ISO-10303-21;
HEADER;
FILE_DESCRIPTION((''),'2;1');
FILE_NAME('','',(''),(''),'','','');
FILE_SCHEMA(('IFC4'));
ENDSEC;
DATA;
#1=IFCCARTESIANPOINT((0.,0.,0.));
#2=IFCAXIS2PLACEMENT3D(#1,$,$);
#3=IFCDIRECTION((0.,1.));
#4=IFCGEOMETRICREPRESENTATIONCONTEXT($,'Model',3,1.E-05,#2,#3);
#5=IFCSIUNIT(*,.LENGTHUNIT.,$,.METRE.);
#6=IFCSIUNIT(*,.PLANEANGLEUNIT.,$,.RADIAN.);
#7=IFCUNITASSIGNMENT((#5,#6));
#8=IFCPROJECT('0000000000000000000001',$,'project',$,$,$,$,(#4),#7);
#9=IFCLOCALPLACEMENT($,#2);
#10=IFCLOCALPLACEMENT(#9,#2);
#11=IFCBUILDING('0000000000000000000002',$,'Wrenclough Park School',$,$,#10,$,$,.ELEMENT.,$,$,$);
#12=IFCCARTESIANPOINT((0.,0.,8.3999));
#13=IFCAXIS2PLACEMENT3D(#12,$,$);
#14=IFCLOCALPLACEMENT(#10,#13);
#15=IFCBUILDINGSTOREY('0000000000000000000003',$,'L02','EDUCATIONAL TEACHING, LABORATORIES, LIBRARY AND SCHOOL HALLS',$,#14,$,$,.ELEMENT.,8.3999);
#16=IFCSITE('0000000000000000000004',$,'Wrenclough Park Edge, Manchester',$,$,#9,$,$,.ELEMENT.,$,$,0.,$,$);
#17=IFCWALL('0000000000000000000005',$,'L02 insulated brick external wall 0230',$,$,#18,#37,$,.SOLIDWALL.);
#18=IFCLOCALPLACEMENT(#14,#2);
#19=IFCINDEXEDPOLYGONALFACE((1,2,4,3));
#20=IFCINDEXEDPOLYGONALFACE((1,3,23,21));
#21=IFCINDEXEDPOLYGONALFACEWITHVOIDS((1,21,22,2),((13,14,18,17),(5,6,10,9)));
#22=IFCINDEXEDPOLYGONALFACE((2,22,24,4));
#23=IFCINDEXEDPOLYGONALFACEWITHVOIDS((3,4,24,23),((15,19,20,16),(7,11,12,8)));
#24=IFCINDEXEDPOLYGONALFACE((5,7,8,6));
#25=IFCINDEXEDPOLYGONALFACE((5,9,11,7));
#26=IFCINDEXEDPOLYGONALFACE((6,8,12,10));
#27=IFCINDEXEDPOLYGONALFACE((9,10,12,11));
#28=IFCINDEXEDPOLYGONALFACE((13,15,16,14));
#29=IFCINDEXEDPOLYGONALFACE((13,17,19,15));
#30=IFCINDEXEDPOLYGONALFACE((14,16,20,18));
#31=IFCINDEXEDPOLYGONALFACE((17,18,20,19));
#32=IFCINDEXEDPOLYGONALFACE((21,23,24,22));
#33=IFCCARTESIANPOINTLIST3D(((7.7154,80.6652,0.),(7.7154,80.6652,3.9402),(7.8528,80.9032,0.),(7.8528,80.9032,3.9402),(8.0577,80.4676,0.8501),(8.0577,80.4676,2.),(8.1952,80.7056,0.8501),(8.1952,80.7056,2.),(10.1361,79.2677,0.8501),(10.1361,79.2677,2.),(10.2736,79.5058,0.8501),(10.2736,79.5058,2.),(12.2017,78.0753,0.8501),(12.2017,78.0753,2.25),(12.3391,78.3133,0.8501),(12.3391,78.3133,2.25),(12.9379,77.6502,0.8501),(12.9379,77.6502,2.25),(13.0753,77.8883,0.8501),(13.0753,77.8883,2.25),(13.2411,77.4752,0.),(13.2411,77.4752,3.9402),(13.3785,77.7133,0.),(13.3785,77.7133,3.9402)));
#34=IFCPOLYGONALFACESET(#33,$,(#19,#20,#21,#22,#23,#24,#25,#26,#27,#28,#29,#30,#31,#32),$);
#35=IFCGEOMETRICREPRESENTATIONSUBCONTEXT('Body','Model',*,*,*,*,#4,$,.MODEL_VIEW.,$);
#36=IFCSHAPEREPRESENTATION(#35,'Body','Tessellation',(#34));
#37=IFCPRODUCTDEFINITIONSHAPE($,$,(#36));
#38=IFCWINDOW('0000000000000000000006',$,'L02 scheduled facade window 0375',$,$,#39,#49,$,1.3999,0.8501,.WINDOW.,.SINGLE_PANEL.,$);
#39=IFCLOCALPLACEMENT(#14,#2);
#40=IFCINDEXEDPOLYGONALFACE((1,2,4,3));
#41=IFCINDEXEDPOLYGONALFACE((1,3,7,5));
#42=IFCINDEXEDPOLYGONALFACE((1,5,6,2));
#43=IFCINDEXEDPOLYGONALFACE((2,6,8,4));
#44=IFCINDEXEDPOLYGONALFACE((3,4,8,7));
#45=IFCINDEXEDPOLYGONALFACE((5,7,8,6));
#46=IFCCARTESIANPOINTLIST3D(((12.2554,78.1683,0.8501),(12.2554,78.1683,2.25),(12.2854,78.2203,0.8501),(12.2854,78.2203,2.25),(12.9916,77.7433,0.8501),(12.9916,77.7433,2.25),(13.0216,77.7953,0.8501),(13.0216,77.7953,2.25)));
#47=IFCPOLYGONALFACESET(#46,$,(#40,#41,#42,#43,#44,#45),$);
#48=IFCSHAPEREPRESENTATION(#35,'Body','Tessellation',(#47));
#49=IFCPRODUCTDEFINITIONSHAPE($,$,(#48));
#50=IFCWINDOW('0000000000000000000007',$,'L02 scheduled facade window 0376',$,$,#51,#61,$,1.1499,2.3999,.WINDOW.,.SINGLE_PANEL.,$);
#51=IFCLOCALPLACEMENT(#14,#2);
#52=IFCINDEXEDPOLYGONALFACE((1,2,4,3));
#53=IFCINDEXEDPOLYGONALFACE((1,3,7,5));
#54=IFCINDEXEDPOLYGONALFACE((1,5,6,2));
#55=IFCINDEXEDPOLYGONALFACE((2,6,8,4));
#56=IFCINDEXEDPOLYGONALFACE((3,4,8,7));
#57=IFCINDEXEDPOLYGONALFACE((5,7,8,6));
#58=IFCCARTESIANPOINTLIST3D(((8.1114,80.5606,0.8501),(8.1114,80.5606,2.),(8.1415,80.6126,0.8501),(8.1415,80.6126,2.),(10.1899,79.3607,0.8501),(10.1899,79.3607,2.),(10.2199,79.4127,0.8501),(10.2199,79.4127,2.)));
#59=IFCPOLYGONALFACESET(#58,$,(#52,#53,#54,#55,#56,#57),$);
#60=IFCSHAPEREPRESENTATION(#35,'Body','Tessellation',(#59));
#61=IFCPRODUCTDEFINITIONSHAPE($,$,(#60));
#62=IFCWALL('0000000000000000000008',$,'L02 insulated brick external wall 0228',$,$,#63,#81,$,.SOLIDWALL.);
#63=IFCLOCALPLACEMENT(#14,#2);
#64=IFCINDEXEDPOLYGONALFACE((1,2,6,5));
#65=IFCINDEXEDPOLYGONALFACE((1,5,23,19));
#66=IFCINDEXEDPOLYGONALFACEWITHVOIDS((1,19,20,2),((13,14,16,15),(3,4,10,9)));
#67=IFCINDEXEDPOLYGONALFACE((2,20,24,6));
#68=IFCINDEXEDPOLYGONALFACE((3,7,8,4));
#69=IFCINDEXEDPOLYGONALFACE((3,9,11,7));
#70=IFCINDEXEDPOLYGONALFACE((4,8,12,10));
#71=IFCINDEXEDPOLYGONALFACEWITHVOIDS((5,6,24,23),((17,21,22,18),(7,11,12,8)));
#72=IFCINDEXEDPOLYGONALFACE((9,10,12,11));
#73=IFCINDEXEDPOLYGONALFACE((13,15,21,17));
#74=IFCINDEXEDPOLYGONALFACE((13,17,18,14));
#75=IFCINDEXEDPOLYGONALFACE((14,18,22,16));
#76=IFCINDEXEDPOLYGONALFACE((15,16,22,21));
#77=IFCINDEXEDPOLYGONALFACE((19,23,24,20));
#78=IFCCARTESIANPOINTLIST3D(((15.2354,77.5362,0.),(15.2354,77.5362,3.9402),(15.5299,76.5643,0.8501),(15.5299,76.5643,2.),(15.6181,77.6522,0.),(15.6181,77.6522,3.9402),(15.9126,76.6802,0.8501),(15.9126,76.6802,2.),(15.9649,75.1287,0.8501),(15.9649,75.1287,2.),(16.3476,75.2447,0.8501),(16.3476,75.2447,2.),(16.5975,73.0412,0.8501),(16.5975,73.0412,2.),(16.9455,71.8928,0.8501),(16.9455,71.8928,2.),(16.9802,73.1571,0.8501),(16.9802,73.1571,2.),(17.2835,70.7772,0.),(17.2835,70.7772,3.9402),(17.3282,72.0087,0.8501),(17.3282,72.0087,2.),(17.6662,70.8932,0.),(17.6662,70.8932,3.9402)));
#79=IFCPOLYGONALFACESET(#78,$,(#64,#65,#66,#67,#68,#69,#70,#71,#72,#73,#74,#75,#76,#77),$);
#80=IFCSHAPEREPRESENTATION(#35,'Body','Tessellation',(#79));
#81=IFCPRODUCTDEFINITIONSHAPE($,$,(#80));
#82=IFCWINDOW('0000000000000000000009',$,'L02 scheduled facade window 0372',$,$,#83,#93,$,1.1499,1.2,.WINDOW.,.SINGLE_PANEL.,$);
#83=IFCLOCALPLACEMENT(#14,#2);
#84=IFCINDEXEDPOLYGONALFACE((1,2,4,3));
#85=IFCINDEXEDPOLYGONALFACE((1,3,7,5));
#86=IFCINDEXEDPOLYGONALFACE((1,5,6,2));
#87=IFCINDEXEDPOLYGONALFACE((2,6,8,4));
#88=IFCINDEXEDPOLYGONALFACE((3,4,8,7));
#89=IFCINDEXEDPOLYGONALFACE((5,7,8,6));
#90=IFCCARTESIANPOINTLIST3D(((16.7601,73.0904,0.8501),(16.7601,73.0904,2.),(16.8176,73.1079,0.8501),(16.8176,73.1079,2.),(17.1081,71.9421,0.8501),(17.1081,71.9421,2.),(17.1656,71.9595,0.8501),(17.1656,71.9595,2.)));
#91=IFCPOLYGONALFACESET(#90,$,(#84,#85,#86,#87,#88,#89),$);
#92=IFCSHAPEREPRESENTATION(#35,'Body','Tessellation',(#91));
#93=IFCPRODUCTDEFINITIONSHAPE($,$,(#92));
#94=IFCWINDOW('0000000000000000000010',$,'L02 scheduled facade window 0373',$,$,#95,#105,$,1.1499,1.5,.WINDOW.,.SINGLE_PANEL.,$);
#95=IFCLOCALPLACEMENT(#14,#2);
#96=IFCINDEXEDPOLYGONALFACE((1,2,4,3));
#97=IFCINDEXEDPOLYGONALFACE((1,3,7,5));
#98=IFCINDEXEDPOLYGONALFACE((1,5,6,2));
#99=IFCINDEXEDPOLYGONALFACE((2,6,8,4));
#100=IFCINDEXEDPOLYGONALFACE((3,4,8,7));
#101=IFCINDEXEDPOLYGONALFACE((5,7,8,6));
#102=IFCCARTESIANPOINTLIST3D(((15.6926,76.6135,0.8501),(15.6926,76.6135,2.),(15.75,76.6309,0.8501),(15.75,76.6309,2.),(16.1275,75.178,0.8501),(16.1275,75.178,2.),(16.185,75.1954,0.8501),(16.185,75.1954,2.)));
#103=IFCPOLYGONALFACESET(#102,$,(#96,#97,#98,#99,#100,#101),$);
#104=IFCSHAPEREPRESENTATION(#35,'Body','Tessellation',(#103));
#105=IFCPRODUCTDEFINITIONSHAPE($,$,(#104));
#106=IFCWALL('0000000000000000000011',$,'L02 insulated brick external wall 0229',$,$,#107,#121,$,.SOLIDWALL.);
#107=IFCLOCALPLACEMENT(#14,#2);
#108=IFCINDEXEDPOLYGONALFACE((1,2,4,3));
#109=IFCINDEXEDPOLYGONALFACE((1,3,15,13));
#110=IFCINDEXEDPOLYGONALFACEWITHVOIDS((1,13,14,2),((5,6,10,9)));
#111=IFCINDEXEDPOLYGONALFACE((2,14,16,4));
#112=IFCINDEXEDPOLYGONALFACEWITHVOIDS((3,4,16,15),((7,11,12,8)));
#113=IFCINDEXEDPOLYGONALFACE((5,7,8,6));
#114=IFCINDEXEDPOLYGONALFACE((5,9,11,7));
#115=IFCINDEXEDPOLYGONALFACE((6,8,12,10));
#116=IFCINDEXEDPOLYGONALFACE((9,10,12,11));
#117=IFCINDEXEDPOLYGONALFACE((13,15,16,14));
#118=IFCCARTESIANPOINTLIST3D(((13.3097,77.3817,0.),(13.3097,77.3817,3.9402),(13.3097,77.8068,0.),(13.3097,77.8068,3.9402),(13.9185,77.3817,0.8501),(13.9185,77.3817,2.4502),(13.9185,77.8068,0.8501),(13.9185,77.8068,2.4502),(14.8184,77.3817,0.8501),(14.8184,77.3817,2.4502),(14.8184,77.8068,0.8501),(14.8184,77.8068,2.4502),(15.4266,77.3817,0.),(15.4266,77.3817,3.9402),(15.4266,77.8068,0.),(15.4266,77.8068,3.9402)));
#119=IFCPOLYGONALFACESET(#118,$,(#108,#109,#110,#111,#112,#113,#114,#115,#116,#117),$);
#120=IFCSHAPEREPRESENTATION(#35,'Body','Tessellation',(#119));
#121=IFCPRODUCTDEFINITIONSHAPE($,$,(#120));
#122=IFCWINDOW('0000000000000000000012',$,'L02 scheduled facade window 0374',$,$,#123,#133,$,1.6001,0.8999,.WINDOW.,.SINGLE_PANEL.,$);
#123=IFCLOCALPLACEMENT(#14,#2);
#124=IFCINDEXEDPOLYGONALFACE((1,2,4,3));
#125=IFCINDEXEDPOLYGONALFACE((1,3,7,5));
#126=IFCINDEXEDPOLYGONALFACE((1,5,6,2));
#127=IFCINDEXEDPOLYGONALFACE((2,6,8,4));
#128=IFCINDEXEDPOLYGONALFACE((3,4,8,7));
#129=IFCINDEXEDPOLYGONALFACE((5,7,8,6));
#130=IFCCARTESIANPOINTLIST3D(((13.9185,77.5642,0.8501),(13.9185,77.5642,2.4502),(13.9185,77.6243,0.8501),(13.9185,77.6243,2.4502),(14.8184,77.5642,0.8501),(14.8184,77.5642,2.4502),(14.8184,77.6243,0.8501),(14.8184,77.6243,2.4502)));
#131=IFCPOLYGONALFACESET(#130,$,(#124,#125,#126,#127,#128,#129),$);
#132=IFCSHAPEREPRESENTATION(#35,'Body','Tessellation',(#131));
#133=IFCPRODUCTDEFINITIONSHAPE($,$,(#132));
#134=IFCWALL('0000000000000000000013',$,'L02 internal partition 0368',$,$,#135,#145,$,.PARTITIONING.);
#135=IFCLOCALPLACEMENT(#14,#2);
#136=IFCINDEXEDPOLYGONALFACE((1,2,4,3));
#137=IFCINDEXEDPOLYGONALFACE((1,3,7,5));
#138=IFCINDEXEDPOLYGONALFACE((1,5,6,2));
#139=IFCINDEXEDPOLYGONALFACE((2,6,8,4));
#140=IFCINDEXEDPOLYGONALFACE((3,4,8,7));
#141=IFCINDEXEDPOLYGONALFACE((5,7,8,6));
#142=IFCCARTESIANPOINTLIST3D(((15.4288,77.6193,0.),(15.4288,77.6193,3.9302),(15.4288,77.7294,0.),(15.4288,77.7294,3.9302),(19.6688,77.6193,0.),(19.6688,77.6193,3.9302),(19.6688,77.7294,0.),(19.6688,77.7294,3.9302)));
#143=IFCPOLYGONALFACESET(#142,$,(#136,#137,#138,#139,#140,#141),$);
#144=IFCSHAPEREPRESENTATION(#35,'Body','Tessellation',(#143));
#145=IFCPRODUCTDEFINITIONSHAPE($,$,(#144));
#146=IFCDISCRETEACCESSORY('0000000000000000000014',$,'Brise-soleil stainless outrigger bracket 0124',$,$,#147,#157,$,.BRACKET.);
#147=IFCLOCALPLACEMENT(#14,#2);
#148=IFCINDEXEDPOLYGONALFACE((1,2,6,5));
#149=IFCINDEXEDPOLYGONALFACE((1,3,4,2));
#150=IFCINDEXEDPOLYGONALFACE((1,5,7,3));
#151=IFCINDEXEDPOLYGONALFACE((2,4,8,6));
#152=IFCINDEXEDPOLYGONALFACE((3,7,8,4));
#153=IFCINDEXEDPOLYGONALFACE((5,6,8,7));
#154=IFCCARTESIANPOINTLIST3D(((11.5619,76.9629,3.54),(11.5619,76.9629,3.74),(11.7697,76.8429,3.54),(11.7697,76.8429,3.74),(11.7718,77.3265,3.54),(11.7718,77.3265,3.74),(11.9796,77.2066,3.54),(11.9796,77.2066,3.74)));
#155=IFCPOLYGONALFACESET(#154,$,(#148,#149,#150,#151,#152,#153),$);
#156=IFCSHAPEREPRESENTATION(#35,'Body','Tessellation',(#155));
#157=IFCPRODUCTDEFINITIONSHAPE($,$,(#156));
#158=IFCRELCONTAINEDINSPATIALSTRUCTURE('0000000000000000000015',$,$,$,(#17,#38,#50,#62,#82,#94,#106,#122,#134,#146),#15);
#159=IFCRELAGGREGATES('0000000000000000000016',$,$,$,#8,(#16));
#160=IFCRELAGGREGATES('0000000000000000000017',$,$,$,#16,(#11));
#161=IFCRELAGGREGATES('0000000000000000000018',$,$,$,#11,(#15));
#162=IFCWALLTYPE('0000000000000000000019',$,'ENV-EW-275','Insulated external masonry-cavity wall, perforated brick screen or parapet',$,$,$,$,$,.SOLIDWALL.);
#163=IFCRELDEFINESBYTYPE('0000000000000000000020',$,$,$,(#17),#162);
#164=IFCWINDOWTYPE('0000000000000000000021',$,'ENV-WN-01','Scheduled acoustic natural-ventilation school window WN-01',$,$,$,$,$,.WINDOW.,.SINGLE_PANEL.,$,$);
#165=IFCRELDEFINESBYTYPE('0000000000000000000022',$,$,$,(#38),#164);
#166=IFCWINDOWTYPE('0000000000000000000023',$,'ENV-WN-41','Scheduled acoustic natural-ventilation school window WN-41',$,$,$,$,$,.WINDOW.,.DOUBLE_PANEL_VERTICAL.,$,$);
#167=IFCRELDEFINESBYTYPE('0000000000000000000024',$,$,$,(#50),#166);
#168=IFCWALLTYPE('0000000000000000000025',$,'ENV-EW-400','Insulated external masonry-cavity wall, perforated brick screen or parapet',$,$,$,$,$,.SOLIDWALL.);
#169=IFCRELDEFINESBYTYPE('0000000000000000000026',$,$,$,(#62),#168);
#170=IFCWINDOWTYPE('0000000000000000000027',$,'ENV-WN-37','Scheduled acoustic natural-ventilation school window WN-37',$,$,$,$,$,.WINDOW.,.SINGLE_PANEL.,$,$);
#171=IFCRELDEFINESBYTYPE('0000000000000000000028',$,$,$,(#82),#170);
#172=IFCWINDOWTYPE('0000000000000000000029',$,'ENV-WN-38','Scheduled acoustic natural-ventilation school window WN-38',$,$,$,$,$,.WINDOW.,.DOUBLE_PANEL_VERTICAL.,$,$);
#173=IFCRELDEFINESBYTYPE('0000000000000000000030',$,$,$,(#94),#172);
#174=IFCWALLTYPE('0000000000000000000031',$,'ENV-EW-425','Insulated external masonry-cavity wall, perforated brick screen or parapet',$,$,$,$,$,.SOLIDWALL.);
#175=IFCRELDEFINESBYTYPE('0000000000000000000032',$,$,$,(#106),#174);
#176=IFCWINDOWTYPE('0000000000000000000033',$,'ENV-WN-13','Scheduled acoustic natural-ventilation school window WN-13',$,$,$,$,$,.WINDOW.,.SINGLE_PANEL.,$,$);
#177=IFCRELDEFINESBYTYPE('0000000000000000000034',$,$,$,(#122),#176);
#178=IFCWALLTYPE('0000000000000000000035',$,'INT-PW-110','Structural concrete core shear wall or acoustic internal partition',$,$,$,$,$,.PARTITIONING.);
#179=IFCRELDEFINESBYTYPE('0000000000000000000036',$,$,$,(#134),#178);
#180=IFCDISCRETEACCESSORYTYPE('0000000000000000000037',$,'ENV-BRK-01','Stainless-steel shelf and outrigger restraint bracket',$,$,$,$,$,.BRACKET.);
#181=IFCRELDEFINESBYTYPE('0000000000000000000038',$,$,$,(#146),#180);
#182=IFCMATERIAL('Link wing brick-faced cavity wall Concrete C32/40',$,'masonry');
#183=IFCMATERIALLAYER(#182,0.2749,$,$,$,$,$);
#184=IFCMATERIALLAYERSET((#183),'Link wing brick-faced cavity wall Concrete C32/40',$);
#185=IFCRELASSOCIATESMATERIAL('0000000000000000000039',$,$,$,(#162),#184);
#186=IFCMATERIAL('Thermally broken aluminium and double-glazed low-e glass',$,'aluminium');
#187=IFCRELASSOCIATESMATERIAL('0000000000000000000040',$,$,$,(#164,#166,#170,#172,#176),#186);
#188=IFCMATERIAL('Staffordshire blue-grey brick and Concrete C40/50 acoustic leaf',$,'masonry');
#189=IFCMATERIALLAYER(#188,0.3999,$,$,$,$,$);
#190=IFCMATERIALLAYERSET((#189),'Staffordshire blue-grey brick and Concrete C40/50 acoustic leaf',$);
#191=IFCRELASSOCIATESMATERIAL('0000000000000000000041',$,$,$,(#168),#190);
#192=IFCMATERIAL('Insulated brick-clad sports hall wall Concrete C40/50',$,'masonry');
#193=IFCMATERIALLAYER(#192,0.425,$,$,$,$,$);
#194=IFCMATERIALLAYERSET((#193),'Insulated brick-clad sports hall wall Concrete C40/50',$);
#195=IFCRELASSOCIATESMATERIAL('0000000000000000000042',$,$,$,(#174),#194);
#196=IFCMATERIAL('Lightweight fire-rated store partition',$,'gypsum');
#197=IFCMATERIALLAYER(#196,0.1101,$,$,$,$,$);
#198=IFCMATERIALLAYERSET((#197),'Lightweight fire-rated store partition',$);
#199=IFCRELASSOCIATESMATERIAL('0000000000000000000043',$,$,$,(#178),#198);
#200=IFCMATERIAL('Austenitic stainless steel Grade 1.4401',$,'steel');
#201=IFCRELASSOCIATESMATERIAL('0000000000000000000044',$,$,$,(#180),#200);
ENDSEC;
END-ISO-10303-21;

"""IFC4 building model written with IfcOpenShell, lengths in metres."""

from ifc_helpers import new_model, si_unit, direction, frame, frame_2d, origin, origin_2d, place, context, subcontext, project, spatial, rectangle, extrude, material, layer, layer_set, type_object, element, fill, save


model = new_model("IFC4")

# Units and contexts
model_context = context("Model", 3, precision=1e-05, world=origin(), true_north=direction((0.0, 1.0)))
body_context = subcontext(model_context, "Body", "Model", "MODEL_VIEW")
ifc_project = project(units=[si_unit("LENGTHUNIT", "METRE"), si_unit("PLANEANGLEUNIT", "RADIAN")], contexts=[model_context])

# Site, building, storey
site_placement = place(None, origin())
site = spatial("IfcSite", under=ifc_project, at=site_placement, Name="Wrenclough Park Edge, Manchester", CompositionType="ELEMENT", RefElevation=0.0)
building_placement = place(site_placement, origin())
building = spatial("IfcBuilding", under=site, at=building_placement, Name="Wrenclough Park School", CompositionType="ELEMENT")
storey_placement = place(building_placement, frame((0.0, 0.0, 8.3999)))
storey = spatial("IfcBuildingStorey", under=building, at=storey_placement, Name="L02", Description="EDUCATIONAL TEACHING, LABORATORIES, LIBRARY AND SCHOOL HALLS", CompositionType="ELEMENT", Elevation=8.3999)

# Walls, openings, windows
ifc_material_1 = material(Name="Link wing brick-faced cavity wall Concrete C32/40", Category="masonry")
ifc_layer_1 = layer(ifc_material_1, 0.2749)
ifc_layer_set_1 = layer_set([ifc_layer_1], Name="Link wing brick-faced cavity wall Concrete C32/40")
wall_type_1 = type_object("IfcWallType", Name="ENV-EW-275", Description="Insulated external masonry-cavity wall, perforated brick screen or parapet", PredefinedType="SOLIDWALL", material=ifc_layer_set_1)
wall_1_placement = place(storey_placement, frame((13.3098, 77.5942, 0.0), z_axis=(0.0, 0.0, 1.0), x_axis=(-0.866045, 0.499966, 0.0)))
wall_1 = element("IfcWall", 1, at=wall_1_placement, inside=storey, type_object=wall_type_1, Name="L02 insulated brick external wall 0230", PredefinedType="SOLIDWALL", context=body_context, shape_type="SweptSolid", body=[
    extrude(rectangle(XDim=6.3804, YDim=0.2749, at=frame_2d((3.1902, 0.0))), origin(), (0.0, 0.0, 1.0), 3.9402),
])
opening_1_placement = place(wall_1_placement, frame((0.3501, 0.0, 0.8501)))
opening_1 = element("IfcOpeningElement", 2, at=opening_1_placement, cuts=wall_1, PredefinedType="OPENING", context=body_context, shape_type="SweptSolid", body=[
    extrude(rectangle(XDim=0.8501, YDim=1.3999, at=frame_2d((0.425, 0.7))), frame((0.0, 0.1475, 0.0), z_axis=(0.0, -1.0, 0.0), x_axis=(1.0, 0.0, 0.0)), (0.0, 0.0, 1.0), 0.2949),
])
opening_2_placement = place(wall_1_placement, frame((3.5852, 0.0, 0.8501)))
opening_2 = element("IfcOpeningElement", 3, at=opening_2_placement, cuts=wall_1, PredefinedType="OPENING", context=body_context, shape_type="SweptSolid", body=[
    extrude(rectangle(XDim=2.3999, YDim=1.1499, at=frame_2d((1.2, 0.575))), frame((0.0, 0.1475, 0.0), z_axis=(0.0, -1.0, 0.0), x_axis=(1.0, 0.0, 0.0)), (0.0, 0.0, 1.0), 0.2949),
])
ifc_material_2 = material(Name="Thermally broken aluminium and double-glazed low-e glass", Category="aluminium")
window_type_1 = type_object("IfcWindowType", Name="ENV-WN-01", Description="Scheduled acoustic natural-ventilation school window WN-01", PartitioningType="SINGLE_PANEL", PredefinedType="WINDOW", material=ifc_material_2)
window_1_placement = place(opening_1_placement, origin())
window_1 = element("IfcWindow", 4, at=window_1_placement, inside=storey, type_object=window_type_1, Name="L02 scheduled facade window 0375", OverallHeight=1.3999, OverallWidth=0.8501, PartitioningType="SINGLE_PANEL", PredefinedType="WINDOW", context=body_context, shape_type="SweptSolid", body=[
    extrude(rectangle(XDim=0.8501, YDim=1.3999, at=frame_2d((0.425, 0.7))), frame((0.0, 0.03, 0.0), z_axis=(0.0, -1.0, 0.0), x_axis=(1.0, 0.0, 0.0)), (0.0, 0.0, 1.0), 0.0601),
])
fill(opening_1, window_1)
window_type_2 = type_object("IfcWindowType", Name="ENV-WN-41", Description="Scheduled acoustic natural-ventilation school window WN-41", PartitioningType="DOUBLE_PANEL_VERTICAL", PredefinedType="WINDOW", material=ifc_material_2)
window_2_placement = place(opening_2_placement, origin())
window_2 = element("IfcWindow", 5, at=window_2_placement, inside=storey, type_object=window_type_2, Name="L02 scheduled facade window 0376", OverallHeight=1.1499, OverallWidth=2.3999, PartitioningType="SINGLE_PANEL", PredefinedType="WINDOW", context=body_context, shape_type="SweptSolid", body=[
    extrude(rectangle(XDim=2.3999, YDim=1.1499, at=frame_2d((1.2, 0.575))), frame((0.0, 0.03, 0.0), z_axis=(0.0, -1.0, 0.0), x_axis=(1.0, 0.0, 0.0)), (0.0, 0.0, 1.0), 0.0601),
])
fill(opening_2, window_2)
ifc_material_3 = material(Name="Staffordshire blue-grey brick and Concrete C40/50 acoustic leaf", Category="masonry")
ifc_layer_2 = layer(ifc_material_3, 0.3999)
ifc_layer_set_2 = layer_set([ifc_layer_2], Name="Staffordshire blue-grey brick and Concrete C40/50 acoustic leaf")
wall_type_2 = type_object("IfcWallType", Name="ENV-EW-400", Description="Insulated external masonry-cavity wall, perforated brick screen or parapet", PredefinedType="SOLIDWALL", material=ifc_layer_set_2)
wall_2_placement = place(storey_placement, frame((17.4749, 70.8352, 0.0), z_axis=(0.0, 0.0, 1.0), x_axis=(-0.289995, 0.957028, 0.0)))
wall_2 = element("IfcWall", 6, at=wall_2_placement, inside=storey, type_object=wall_type_2, Name="L02 insulated brick external wall 0228", PredefinedType="SOLIDWALL", context=body_context, shape_type="SweptSolid", body=[
    extrude(rectangle(XDim=7.0625, YDim=0.3999, at=frame_2d((3.5312, 0.0))), origin(), (0.0, 0.0, 1.0), 3.9402),
])
opening_3_placement = place(wall_2_placement, frame((1.1655, 0.0, 0.8501)))
opening_3 = element("IfcOpeningElement", 7, at=opening_3_placement, cuts=wall_2, PredefinedType="OPENING", context=body_context, shape_type="SweptSolid", body=[
    extrude(rectangle(XDim=1.2, YDim=1.1499, at=frame_2d((0.6001, 0.575))), frame((0.0, 0.21, 0.0), z_axis=(0.0, -1.0, 0.0), x_axis=(1.0, 0.0, 0.0)), (0.0, 0.0, 1.0), 0.4199),
])
opening_4_placement = place(wall_2_placement, frame((4.5469, 0.0, 0.8501)))
opening_4 = element("IfcOpeningElement", 8, at=opening_4_placement, cuts=wall_2, PredefinedType="OPENING", context=body_context, shape_type="SweptSolid", body=[
    extrude(rectangle(XDim=1.5, YDim=1.1499, at=frame_2d((0.75, 0.575))), frame((0.0, 0.21, 0.0), z_axis=(0.0, -1.0, 0.0), x_axis=(1.0, 0.0, 0.0)), (0.0, 0.0, 1.0), 0.4199),
])
window_type_3 = type_object("IfcWindowType", Name="ENV-WN-37", Description="Scheduled acoustic natural-ventilation school window WN-37", PartitioningType="SINGLE_PANEL", PredefinedType="WINDOW", material=ifc_material_2)
window_3_placement = place(opening_3_placement, origin())
window_3 = element("IfcWindow", 9, at=window_3_placement, inside=storey, type_object=window_type_3, Name="L02 scheduled facade window 0372", OverallHeight=1.1499, OverallWidth=1.2, PartitioningType="SINGLE_PANEL", PredefinedType="WINDOW", context=body_context, shape_type="SweptSolid", body=[
    extrude(rectangle(XDim=1.2, YDim=1.1499, at=frame_2d((0.6001, 0.575))), frame((0.0, 0.03, 0.0), z_axis=(0.0, -1.0, 0.0), x_axis=(1.0, 0.0, 0.0)), (0.0, 0.0, 1.0), 0.0601),
])
fill(opening_3, window_3)
window_type_4 = type_object("IfcWindowType", Name="ENV-WN-38", Description="Scheduled acoustic natural-ventilation school window WN-38", PartitioningType="DOUBLE_PANEL_VERTICAL", PredefinedType="WINDOW", material=ifc_material_2)
window_4_placement = place(opening_4_placement, origin())
window_4 = element("IfcWindow", 10, at=window_4_placement, inside=storey, type_object=window_type_4, Name="L02 scheduled facade window 0373", OverallHeight=1.1499, OverallWidth=1.5, PartitioningType="SINGLE_PANEL", PredefinedType="WINDOW", context=body_context, shape_type="SweptSolid", body=[
    extrude(rectangle(XDim=1.5, YDim=1.1499, at=frame_2d((0.75, 0.575))), frame((0.0, 0.03, 0.0), z_axis=(0.0, -1.0, 0.0), x_axis=(1.0, 0.0, 0.0)), (0.0, 0.0, 1.0), 0.0601),
])
fill(opening_4, window_4)

# Wall, opening, window
ifc_material_4 = material(Name="Insulated brick-clad sports hall wall Concrete C40/50", Category="masonry")
ifc_layer_3 = layer(ifc_material_4, 0.425)
ifc_layer_set_3 = layer_set([ifc_layer_3], Name="Insulated brick-clad sports hall wall Concrete C40/50")
wall_type_3 = type_object("IfcWallType", Name="ENV-EW-425", Description="Insulated external masonry-cavity wall, perforated brick screen or parapet", PredefinedType="SOLIDWALL", material=ifc_layer_set_3)
wall_3_placement = place(storey_placement, frame((15.4268, 77.5942, 0.0), z_axis=(0.0, 0.0, 1.0), x_axis=(-1.0, 0.0, 0.0)))
wall_3 = element("IfcWall", 11, at=wall_3_placement, inside=storey, type_object=wall_type_3, Name="L02 insulated brick external wall 0229", PredefinedType="SOLIDWALL", context=body_context, shape_type="SweptSolid", body=[
    extrude(rectangle(XDim=2.1169, YDim=0.425, at=frame_2d((1.0586, 0.0))), origin(), (0.0, 0.0, 1.0), 3.9402),
])
opening_5_placement = place(wall_3_placement, frame((0.6084, 0.0, 0.8501)))
opening_5 = element("IfcOpeningElement", 12, at=opening_5_placement, cuts=wall_3, PredefinedType="OPENING", context=body_context, shape_type="SweptSolid", body=[
    extrude(rectangle(XDim=0.8999, YDim=1.6001, at=frame_2d((0.45, 0.8))), frame((0.0, 0.2224, 0.0), z_axis=(0.0, -1.0, 0.0), x_axis=(1.0, 0.0, 0.0)), (0.0, 0.0, 1.0), 0.4451),
])
window_type_5 = type_object("IfcWindowType", Name="ENV-WN-13", Description="Scheduled acoustic natural-ventilation school window WN-13", PartitioningType="SINGLE_PANEL", PredefinedType="WINDOW", material=ifc_material_2)
window_5_placement = place(opening_5_placement, origin())
window_5 = element("IfcWindow", 13, at=window_5_placement, inside=storey, type_object=window_type_5, Name="L02 scheduled facade window 0374", OverallHeight=1.6001, OverallWidth=0.8999, PartitioningType="SINGLE_PANEL", PredefinedType="WINDOW", context=body_context, shape_type="SweptSolid", body=[
    extrude(rectangle(XDim=0.8999, YDim=1.6001, at=frame_2d((0.45, 0.8))), frame((0.0, 0.03, 0.0), z_axis=(0.0, -1.0, 0.0), x_axis=(1.0, 0.0, 0.0)), (0.0, 0.0, 1.0), 0.0601),
])
fill(opening_5, window_5)

# Wall
ifc_material_5 = material(Name="Lightweight fire-rated store partition", Category="gypsum")
ifc_layer_4 = layer(ifc_material_5, 0.1101)
ifc_layer_set_4 = layer_set([ifc_layer_4], Name="Lightweight fire-rated store partition")
wall_type_4 = type_object("IfcWallType", Name="INT-PW-110", Description="Structural concrete core shear wall or acoustic internal partition", PredefinedType="PARTITIONING", material=ifc_layer_set_4)
wall_4_placement = place(storey_placement, frame((15.4287, 77.6743, 0.0), z_axis=(0.0, 0.0, 1.0), x_axis=(1.0, 0.0, 0.0)))
element("IfcWall", 14, at=wall_4_placement, inside=storey, type_object=wall_type_4, Name="L02 internal partition 0368", PredefinedType="PARTITIONING", context=body_context, shape_type="SweptSolid", body=[
    extrude(rectangle(XDim=4.24, YDim=0.1101, at=frame_2d((2.1201, 0.0))), origin(), (0.0, 0.0, 1.0), 3.9302),
])

# Discrete accessory
ifc_material_6 = material(Name="Austenitic stainless steel Grade 1.4401", Category="steel")
discrete_accessory_type = type_object("IfcDiscreteAccessoryType", Name="ENV-BRK-01", Description="Stainless-steel shelf and outrigger restraint bracket", PredefinedType="BRACKET", material=ifc_material_6)
discrete_accessory_placement = place(storey_placement, frame((11.7708, 77.0847, 3.54), z_axis=(0.0, 0.0, 1.0), x_axis=(0.866031, -0.499991, 0.0)))
element("IfcDiscreteAccessory", 15, at=discrete_accessory_placement, inside=storey, type_object=discrete_accessory_type, Name="Brise-soleil stainless outrigger bracket 0124", PredefinedType="BRACKET", context=body_context, shape_type="SweptSolid", body=[
    extrude(rectangle(XDim=0.24, YDim=0.4199, at=origin_2d()), origin(), (0.0, 0.0, 1.0), 0.2),
])

save(model, "model.ifc")
